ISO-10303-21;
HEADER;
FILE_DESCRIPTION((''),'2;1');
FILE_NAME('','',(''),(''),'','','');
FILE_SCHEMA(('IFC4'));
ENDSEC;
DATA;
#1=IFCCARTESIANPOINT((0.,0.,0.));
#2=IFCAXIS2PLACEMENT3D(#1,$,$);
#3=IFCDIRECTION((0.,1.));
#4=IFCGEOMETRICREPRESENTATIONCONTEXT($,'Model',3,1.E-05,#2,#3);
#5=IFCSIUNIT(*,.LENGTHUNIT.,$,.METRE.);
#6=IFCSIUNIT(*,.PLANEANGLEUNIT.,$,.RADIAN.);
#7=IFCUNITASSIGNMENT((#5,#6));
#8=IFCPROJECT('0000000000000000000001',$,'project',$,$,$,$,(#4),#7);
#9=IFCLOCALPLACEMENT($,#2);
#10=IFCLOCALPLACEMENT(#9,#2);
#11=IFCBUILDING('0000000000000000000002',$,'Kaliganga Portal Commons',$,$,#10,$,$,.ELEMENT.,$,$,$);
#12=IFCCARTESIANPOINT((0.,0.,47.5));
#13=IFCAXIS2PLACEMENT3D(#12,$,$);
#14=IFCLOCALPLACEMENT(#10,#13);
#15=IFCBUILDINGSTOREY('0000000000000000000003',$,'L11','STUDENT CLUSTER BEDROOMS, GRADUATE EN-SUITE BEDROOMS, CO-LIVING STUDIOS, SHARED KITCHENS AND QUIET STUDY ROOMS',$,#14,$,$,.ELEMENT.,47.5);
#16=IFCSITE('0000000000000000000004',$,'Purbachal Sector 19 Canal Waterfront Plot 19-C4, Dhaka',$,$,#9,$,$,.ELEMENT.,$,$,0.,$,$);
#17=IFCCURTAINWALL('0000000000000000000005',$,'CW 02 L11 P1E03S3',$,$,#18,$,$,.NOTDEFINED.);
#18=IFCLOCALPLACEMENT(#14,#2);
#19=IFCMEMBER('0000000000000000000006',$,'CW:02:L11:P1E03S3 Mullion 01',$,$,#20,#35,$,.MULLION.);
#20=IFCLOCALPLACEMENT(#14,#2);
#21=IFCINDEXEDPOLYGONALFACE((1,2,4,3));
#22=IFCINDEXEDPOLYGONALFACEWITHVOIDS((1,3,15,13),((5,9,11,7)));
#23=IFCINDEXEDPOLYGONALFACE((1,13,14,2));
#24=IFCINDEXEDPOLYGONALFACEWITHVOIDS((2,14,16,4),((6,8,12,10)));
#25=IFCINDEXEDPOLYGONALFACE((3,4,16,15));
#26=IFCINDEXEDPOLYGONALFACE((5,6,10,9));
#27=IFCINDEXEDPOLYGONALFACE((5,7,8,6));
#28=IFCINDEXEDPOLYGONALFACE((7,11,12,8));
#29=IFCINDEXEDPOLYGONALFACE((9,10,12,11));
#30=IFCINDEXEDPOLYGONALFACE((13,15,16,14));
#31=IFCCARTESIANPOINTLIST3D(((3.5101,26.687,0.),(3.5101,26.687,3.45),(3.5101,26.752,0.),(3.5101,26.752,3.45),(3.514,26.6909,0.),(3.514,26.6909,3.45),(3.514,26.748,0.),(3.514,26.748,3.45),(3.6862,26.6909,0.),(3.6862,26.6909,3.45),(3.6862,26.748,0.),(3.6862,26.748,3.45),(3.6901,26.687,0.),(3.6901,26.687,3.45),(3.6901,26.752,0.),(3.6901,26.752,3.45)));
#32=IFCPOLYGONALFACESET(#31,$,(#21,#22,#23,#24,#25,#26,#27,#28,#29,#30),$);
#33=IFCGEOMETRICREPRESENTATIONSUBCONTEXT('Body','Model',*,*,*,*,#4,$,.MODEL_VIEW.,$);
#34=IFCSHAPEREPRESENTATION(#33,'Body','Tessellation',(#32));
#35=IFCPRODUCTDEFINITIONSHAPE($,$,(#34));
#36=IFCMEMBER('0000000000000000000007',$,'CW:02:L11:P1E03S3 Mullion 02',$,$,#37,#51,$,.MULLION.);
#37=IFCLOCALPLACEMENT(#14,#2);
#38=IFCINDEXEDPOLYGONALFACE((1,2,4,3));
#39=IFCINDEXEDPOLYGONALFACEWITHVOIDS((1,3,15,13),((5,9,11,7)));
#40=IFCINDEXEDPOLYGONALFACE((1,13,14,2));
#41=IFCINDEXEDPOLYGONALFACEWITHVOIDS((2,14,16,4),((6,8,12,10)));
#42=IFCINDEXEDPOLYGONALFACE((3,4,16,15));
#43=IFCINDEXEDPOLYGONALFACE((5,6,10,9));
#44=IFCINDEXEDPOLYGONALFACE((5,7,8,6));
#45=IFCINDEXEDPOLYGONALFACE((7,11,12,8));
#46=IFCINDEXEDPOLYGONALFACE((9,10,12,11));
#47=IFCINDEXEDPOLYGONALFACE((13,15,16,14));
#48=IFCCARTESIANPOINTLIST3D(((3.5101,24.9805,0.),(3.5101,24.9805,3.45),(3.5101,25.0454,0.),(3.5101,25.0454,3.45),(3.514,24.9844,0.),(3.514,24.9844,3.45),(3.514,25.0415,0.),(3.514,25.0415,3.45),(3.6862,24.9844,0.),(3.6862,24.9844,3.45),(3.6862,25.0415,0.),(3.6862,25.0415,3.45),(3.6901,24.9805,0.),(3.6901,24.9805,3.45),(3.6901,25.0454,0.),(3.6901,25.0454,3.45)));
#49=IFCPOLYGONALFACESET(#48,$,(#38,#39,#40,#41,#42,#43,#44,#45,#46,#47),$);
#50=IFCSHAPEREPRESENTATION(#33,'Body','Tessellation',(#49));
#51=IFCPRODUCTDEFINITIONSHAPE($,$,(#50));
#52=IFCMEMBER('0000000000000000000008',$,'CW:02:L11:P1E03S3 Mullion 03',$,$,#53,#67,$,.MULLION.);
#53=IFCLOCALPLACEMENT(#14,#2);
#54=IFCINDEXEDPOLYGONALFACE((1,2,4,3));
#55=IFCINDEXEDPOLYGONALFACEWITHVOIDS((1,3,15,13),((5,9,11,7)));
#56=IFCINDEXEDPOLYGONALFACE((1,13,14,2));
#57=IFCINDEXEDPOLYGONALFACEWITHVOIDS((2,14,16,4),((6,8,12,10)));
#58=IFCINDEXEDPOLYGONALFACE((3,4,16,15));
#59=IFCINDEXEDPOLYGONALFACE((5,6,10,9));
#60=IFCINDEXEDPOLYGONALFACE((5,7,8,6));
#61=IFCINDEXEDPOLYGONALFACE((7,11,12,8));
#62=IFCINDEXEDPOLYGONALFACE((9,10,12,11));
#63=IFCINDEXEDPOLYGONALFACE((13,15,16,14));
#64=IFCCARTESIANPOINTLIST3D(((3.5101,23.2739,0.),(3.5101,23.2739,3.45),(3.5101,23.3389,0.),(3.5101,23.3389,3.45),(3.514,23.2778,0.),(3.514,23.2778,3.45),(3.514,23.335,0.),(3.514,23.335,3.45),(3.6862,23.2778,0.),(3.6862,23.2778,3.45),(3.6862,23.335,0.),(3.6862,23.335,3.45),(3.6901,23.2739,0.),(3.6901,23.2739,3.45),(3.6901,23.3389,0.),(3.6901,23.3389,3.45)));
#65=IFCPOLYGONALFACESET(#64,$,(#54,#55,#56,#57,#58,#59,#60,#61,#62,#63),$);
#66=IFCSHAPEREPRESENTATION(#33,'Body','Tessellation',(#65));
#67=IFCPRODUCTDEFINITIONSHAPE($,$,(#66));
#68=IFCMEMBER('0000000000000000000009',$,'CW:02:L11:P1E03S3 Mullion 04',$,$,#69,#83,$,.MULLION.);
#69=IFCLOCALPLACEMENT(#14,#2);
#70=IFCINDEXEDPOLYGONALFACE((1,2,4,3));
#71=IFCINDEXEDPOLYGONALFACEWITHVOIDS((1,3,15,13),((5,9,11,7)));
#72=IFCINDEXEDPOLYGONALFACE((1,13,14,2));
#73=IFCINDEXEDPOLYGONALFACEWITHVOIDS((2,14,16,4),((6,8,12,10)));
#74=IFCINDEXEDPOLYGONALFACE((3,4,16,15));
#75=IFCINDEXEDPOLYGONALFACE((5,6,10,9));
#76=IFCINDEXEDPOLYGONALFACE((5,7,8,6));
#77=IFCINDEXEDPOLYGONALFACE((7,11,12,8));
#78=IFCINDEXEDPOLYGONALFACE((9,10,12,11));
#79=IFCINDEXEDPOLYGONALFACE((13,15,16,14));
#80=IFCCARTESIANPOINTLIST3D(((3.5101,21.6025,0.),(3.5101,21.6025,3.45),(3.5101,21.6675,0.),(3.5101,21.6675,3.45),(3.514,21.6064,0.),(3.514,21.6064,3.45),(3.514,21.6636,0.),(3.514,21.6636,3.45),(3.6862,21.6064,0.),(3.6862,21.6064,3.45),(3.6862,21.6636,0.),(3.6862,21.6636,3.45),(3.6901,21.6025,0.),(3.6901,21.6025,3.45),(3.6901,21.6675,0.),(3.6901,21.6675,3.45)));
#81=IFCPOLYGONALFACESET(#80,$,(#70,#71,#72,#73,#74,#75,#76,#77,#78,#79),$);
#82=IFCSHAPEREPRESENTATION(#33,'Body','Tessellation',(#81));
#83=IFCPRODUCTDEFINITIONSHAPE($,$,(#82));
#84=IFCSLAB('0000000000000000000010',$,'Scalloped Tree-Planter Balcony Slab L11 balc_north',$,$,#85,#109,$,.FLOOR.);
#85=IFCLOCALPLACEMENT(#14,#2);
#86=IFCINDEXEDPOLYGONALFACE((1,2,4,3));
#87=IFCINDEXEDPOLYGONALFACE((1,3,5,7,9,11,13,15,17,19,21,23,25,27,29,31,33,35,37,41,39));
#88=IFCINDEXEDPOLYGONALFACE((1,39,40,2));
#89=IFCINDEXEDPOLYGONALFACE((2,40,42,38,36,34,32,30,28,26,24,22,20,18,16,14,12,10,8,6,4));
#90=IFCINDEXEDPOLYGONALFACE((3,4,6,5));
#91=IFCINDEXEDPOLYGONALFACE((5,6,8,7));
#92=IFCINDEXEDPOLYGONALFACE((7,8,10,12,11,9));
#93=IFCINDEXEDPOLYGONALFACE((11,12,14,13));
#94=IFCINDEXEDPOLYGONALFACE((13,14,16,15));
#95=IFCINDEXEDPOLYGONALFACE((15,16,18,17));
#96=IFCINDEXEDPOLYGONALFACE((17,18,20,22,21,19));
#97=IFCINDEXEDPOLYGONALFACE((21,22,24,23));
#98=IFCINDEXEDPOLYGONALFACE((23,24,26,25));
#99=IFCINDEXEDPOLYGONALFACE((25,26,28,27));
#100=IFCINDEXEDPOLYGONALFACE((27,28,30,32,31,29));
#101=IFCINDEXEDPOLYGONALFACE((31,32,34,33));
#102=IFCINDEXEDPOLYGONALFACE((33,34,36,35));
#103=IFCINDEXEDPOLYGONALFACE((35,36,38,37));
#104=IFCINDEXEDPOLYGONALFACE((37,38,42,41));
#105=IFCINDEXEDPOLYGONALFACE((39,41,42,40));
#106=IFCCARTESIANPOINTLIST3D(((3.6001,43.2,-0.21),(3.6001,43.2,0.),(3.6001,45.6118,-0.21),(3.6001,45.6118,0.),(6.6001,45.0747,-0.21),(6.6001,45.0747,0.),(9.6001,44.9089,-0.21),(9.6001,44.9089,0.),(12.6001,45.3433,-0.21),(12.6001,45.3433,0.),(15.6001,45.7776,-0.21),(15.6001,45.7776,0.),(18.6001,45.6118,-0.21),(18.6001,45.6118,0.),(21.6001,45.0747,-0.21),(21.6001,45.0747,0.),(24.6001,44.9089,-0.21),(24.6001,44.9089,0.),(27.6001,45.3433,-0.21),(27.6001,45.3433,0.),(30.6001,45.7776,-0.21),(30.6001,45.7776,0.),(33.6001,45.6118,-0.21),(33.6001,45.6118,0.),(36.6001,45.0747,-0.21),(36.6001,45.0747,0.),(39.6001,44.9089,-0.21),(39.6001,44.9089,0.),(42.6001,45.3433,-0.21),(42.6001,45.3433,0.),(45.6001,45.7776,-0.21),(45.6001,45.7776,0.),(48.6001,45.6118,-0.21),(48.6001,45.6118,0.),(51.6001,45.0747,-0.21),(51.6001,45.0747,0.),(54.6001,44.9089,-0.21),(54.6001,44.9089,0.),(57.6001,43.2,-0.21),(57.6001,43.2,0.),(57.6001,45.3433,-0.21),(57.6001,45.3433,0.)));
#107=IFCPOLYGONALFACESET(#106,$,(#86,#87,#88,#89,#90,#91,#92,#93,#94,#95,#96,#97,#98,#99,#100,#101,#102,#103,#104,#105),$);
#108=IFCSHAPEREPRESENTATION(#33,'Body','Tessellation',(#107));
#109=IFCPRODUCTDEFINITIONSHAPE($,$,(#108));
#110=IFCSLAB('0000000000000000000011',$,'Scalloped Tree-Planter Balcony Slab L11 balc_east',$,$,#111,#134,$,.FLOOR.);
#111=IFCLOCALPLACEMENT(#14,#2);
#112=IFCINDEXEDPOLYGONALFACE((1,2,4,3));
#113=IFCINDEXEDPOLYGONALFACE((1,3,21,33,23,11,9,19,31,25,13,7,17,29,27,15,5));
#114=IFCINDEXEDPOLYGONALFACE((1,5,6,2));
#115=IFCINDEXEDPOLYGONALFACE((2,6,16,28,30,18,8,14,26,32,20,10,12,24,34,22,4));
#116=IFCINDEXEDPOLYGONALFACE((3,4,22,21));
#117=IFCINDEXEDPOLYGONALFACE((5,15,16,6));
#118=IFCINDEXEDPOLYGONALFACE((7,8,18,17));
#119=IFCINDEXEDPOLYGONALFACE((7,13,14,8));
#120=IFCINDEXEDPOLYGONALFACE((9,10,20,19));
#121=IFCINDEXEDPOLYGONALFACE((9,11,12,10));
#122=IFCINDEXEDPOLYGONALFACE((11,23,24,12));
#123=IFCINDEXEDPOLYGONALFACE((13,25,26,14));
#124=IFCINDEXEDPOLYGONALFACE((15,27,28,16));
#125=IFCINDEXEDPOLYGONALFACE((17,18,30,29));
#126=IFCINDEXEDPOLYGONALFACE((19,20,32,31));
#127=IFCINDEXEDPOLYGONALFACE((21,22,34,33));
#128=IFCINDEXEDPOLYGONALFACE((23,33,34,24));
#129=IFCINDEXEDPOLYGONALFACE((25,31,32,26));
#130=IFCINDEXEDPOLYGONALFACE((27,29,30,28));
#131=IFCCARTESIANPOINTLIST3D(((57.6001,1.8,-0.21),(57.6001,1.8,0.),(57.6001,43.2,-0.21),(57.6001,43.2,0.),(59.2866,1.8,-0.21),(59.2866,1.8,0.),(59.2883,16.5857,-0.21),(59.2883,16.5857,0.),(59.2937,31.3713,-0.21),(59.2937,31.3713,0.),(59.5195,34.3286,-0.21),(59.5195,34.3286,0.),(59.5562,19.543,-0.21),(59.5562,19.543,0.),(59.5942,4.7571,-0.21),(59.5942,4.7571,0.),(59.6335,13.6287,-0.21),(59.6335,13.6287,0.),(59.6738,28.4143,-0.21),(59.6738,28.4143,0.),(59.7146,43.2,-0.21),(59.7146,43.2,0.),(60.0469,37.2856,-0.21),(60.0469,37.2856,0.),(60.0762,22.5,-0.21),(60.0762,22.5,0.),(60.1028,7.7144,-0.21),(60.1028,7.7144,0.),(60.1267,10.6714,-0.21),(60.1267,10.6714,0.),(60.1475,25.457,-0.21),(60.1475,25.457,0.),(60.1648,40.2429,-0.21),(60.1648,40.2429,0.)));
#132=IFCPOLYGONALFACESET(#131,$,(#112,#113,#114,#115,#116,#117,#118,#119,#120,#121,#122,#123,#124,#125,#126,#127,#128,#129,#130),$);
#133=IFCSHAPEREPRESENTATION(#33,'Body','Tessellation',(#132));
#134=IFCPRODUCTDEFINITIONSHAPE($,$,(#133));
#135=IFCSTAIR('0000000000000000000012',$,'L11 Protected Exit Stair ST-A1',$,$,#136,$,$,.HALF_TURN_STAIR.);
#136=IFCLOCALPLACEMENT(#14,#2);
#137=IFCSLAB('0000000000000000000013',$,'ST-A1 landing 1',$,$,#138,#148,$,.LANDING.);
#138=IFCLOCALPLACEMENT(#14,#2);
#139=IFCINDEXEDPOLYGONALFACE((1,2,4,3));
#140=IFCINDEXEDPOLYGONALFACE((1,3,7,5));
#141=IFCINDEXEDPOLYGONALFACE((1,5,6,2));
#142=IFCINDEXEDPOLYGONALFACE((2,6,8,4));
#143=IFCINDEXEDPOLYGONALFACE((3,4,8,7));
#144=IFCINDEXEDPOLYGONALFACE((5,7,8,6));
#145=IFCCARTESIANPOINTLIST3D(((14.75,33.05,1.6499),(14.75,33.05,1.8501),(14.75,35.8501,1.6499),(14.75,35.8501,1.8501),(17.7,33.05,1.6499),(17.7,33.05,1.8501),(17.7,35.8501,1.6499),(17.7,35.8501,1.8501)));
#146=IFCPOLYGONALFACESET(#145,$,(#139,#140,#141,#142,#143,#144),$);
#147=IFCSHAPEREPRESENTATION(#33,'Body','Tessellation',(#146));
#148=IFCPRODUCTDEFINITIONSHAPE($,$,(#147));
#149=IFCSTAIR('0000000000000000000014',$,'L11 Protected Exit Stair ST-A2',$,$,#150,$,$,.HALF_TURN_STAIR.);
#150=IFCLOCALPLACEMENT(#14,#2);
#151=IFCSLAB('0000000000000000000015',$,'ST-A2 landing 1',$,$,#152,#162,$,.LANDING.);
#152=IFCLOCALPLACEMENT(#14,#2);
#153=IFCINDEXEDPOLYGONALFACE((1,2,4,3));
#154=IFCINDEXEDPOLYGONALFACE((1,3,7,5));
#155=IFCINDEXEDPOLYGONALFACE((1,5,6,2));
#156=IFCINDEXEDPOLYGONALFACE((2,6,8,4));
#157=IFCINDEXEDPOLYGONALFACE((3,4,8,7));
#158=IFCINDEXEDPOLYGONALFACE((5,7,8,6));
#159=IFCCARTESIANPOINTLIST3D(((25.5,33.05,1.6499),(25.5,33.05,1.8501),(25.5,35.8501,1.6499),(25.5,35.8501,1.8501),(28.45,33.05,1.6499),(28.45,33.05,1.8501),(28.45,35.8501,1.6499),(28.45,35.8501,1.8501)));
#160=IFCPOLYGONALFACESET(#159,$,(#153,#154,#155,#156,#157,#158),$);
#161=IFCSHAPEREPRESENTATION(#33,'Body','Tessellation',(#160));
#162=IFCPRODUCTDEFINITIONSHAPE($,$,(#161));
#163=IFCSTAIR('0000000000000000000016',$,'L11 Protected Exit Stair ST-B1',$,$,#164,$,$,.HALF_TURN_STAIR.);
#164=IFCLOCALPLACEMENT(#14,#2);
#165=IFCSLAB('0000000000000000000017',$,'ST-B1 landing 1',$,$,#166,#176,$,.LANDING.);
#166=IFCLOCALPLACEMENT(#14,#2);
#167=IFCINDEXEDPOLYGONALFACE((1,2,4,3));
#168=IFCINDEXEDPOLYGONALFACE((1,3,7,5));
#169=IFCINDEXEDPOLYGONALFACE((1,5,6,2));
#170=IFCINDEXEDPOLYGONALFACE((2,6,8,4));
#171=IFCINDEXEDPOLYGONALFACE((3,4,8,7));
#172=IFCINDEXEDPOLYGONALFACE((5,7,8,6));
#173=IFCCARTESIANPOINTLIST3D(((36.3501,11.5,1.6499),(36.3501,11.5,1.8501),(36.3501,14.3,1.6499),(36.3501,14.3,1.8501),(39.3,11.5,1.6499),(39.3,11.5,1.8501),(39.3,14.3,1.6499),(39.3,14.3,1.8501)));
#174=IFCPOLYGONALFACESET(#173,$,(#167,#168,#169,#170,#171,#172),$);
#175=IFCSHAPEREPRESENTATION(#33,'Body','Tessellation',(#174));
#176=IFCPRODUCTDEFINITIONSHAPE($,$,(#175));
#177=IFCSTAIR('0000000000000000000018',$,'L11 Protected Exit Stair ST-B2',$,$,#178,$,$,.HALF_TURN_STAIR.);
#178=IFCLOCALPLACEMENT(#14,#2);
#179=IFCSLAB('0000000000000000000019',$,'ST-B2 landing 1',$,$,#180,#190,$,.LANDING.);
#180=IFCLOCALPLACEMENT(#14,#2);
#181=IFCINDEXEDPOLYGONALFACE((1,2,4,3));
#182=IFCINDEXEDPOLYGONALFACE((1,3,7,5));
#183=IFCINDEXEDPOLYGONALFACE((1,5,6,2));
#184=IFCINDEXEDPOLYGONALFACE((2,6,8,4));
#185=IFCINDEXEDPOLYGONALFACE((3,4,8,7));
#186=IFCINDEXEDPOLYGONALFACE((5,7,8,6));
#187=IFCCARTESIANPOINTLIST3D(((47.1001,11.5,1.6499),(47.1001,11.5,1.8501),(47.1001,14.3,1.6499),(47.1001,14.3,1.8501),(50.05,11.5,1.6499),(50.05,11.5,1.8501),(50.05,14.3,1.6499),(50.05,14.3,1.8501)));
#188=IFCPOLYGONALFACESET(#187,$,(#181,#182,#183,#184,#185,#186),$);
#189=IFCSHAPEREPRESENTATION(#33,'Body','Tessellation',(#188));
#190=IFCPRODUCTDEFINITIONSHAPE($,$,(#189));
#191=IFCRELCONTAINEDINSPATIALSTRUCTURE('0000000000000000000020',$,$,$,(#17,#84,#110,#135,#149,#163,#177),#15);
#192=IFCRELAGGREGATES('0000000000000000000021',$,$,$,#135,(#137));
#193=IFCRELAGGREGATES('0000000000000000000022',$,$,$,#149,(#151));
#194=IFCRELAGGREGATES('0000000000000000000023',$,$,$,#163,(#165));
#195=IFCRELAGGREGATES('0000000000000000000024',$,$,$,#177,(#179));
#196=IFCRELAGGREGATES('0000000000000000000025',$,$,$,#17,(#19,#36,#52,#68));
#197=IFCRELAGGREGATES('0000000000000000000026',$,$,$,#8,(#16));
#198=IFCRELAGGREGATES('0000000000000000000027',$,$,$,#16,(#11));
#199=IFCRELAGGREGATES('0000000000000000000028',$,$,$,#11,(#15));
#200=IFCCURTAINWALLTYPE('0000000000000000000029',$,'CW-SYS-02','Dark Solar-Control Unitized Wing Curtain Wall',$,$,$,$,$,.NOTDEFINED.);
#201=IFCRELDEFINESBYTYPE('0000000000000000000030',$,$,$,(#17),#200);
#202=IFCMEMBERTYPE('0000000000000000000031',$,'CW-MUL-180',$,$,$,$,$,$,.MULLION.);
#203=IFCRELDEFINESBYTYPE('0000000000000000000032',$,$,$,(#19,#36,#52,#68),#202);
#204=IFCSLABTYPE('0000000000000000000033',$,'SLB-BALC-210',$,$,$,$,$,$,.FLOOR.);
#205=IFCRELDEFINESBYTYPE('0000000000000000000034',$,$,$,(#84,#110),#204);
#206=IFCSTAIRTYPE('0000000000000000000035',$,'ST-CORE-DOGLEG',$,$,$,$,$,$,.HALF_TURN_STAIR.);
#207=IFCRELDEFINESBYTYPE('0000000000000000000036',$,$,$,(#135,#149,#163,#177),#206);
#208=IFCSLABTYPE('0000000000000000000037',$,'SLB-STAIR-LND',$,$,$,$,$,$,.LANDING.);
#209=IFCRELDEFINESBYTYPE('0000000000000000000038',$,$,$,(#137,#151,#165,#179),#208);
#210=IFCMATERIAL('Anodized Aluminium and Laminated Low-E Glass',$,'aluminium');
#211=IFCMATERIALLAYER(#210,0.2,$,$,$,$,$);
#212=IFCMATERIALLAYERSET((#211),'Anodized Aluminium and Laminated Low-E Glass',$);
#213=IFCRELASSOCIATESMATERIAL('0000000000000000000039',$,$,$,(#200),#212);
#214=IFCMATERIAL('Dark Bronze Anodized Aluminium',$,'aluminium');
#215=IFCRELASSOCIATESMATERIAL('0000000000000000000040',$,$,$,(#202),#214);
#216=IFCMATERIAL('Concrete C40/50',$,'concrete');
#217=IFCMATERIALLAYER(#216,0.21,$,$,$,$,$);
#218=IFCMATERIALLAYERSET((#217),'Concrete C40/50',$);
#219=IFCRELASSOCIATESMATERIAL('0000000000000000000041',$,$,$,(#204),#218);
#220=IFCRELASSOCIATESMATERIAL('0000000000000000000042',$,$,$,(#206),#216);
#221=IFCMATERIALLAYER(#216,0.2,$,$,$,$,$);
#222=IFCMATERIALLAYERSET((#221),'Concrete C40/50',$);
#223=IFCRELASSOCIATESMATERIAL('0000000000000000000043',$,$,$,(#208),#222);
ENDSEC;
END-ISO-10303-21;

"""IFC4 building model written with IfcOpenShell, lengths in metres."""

from ifc_helpers import new_model, si_unit, direction, frame, origin, origin_2d, place, context, subcontext, project, spatial, polyline, hollow_rectangle, outline, extrude, source, transform, mapped, material, layer, layer_set, material_profile, profile_set, type_object, element, aggregate, save


model = new_model("IFC4")

# Units and contexts
model_context = context("Model", 3, precision=1e-05, world=origin(), true_north=direction((0.0, 1.0)))
body_context = subcontext(model_context, "Body", "Model", "MODEL_VIEW")
ifc_project = project(units=[si_unit("LENGTHUNIT", "METRE"), si_unit("PLANEANGLEUNIT", "RADIAN")], contexts=[model_context])

# Site, building, storey
site_placement = place(None, origin())
site = spatial("IfcSite", under=ifc_project, at=site_placement, Name="Purbachal Sector 19 Canal Waterfront Plot 19-C4, Dhaka", CompositionType="ELEMENT", RefElevation=0.0)
building_placement = place(site_placement, origin())
building = spatial("IfcBuilding", under=site, at=building_placement, Name="Kaliganga Portal Commons", CompositionType="ELEMENT")
storey_placement = place(building_placement, frame((0.0, 0.0, 47.5)))
storey = spatial("IfcBuildingStorey", under=building, at=storey_placement, Name="L11", Description="STUDENT CLUSTER BEDROOMS, GRADUATE EN-SUITE BEDROOMS, CO-LIVING STUDIOS, SHARED KITCHENS AND QUIET STUDY ROOMS", CompositionType="ELEMENT", Elevation=47.5)

# Curtain wall, members
ifc_material_1 = material(Name="Anodized Aluminium and Laminated Low-E Glass", Category="aluminium")
ifc_layer_1 = layer(ifc_material_1, 0.2)
ifc_layer_set_1 = layer_set([ifc_layer_1], Name="Anodized Aluminium and Laminated Low-E Glass")
curtain_wall_type = type_object("IfcCurtainWallType", Name="CW-SYS-02", Description="Dark Solar-Control Unitized Wing Curtain Wall", PredefinedType="NOTDEFINED", material=ifc_layer_set_1)
curtain_wall_placement = place(storey_placement, origin())
curtain_wall = element("IfcCurtainWall", 1, at=curtain_wall_placement, inside=storey, type_object=curtain_wall_type, Name="CW 02 L11 P1E03S3", PredefinedType="NOTDEFINED")
ifc_material_2 = material(Name="Dark Bronze Anodized Aluminium", Category="aluminium")
ifc_material_profile = material_profile(ifc_material_2, hollow_rectangle(XDim=0.0649, YDim=0.1799, WallThickness=0.0039, at=origin_2d()), Name="ALU MULL 65x180x4")
ifc_profile_set = profile_set([ifc_material_profile], Name="Dark Bronze Anodized Aluminium")
member_type = type_object("IfcMemberType", Name="CW-MUL-180", PredefinedType="MULLION", material=ifc_profile_set)
shared_shape_1 = source(origin(), body_context, "Body", "SweptSolid", [
    extrude(hollow_rectangle(XDim=0.0649, YDim=0.1799, WallThickness=0.0039, at=origin_2d()), origin(), (0.0, 0.0, 1.0), 3.45),
])
member_1_placement = place(storey_placement, frame((3.6001, 26.7195, 0.0), z_axis=(0.0, 0.0, 1.0), x_axis=(0.0, -1.0, 0.0)))
member_1 = element("IfcMember", 2, at=member_1_placement, type_object=member_type, Name="CW:02:L11:P1E03S3 Mullion 01", PredefinedType="MULLION", context=body_context, shape_type="MappedRepresentation", body=[
    mapped(shared_shape_1, transform((0.0, 0.0, 0.0), x_axis=(1.0, 0.0, 0.0), y_axis=(0.0, 1.0, 0.0), z_axis=(0.0, 0.0, 1.0), scale=1.0)),
])
member_2_placement = place(storey_placement, frame((3.6001, 25.0129, 0.0), z_axis=(0.0, 0.0, 1.0), x_axis=(0.0, -1.0, 0.0)))
member_2 = element("IfcMember", 3, at=member_2_placement, type_object=member_type, Name="CW:02:L11:P1E03S3 Mullion 02", PredefinedType="MULLION", context=body_context, shape_type="MappedRepresentation", body=[
    mapped(shared_shape_1, transform((0.0, 0.0, 0.0), x_axis=(1.0, 0.0, 0.0), y_axis=(0.0, 1.0, 0.0), z_axis=(0.0, 0.0, 1.0), scale=1.0)),
])
member_3_placement = place(storey_placement, frame((3.6001, 23.3064, 0.0), z_axis=(0.0, 0.0, 1.0), x_axis=(0.0, -1.0, 0.0)))
member_3 = element("IfcMember", 4, at=member_3_placement, type_object=member_type, Name="CW:02:L11:P1E03S3 Mullion 03", PredefinedType="MULLION", context=body_context, shape_type="MappedRepresentation", body=[
    mapped(shared_shape_1, transform((0.0, 0.0, 0.0), x_axis=(1.0, 0.0, 0.0), y_axis=(0.0, 1.0, 0.0), z_axis=(0.0, 0.0, 1.0), scale=1.0)),
])
member_4_placement = place(storey_placement, frame((3.6001, 21.635, 0.0), z_axis=(0.0, 0.0, 1.0), x_axis=(0.0, -1.0, 0.0)))
member_4 = element("IfcMember", 5, at=member_4_placement, type_object=member_type, Name="CW:02:L11:P1E03S3 Mullion 04", PredefinedType="MULLION", context=body_context, shape_type="MappedRepresentation", body=[
    mapped(shared_shape_1, transform((0.0, 0.0, 0.0), x_axis=(1.0, 0.0, 0.0), y_axis=(0.0, 1.0, 0.0), z_axis=(0.0, 0.0, 1.0), scale=1.0)),
])

# Slabs
ifc_material_3 = material(Name="Concrete C40/50", Category="concrete")
ifc_layer_2 = layer(ifc_material_3, 0.21)
ifc_layer_set_2 = layer_set([ifc_layer_2], Name="Concrete C40/50")
slab_type_1 = type_object("IfcSlabType", Name="SLB-BALC-210", PredefinedType="FLOOR", material=ifc_layer_set_2)
slab_1_placement = place(storey_placement, frame((0.0, 0.0, -0.21)))
element("IfcSlab", 6, at=slab_1_placement, inside=storey, type_object=slab_type_1, Name="Scalloped Tree-Planter Balcony Slab L11 balc_north", PredefinedType="FLOOR", context=body_context, shape_type="SweptSolid", body=[
    extrude(outline(polyline([(57.6001, 43.2), (57.6001, 45.3433), (54.6001, 44.9089), (51.6001, 45.0747), (48.6001, 45.6118), (45.6001, 45.7776), (42.6001, 45.3433), (39.6001, 44.9089), (36.6001, 45.0747), (33.6001, 45.6118), (30.6001, 45.7776), (27.6001, 45.3433), (24.6001, 44.9089), (21.6001, 45.0747), (18.6001, 45.6118), (15.6001, 45.7776), (12.6001, 45.3433), (9.6001, 44.9089), (6.6001, 45.0747), (3.6001, 45.6118), (3.6001, 43.2), (57.6001, 43.2)])), origin(), (0.0, 0.0, 1.0), 0.21),
])
slab_2_placement = place(storey_placement, frame((0.0, 0.0, -0.21)))
element("IfcSlab", 7, at=slab_2_placement, inside=storey, type_object=slab_type_1, Name="Scalloped Tree-Planter Balcony Slab L11 balc_east", PredefinedType="FLOOR", context=body_context, shape_type="SweptSolid", body=[
    extrude(outline(polyline([(57.6001, 1.8), (59.2866, 1.8), (59.5942, 4.7571), (60.1028, 7.7144), (60.1267, 10.6714), (59.6335, 13.6287), (59.2883, 16.5857), (59.5562, 19.543), (60.0762, 22.5), (60.1475, 25.457), (59.6738, 28.4143), (59.2937, 31.3713), (59.5195, 34.3286), (60.0469, 37.2856), (60.1648, 40.2429), (59.7146, 43.2), (57.6001, 43.2), (57.6001, 1.8)])), origin(), (0.0, 0.0, 1.0), 0.21),
])

# Stairs, slabs
stair_type = type_object("IfcStairType", Name="ST-CORE-DOGLEG", PredefinedType="HALF_TURN_STAIR", material=ifc_material_3)
stair_1_placement = place(storey_placement, origin())
stair_1 = element("IfcStair", 8, at=stair_1_placement, inside=storey, type_object=stair_type, Name="L11 Protected Exit Stair ST-A1", PredefinedType="HALF_TURN_STAIR")
ifc_layer_3 = layer(ifc_material_3, 0.2)
ifc_layer_set_3 = layer_set([ifc_layer_3], Name="Concrete C40/50")
slab_type_2 = type_object("IfcSlabType", Name="SLB-STAIR-LND", PredefinedType="LANDING", material=ifc_layer_set_3)
slab_3_placement = place(storey_placement, frame((0.0, 0.0, 1.6499)))
slab_3 = element("IfcSlab", 9, at=slab_3_placement, type_object=slab_type_2, Name="ST-A1 landing 1", PredefinedType="LANDING", context=body_context, shape_type="SweptSolid", body=[
    extrude(outline(polyline([(17.7, 33.05), (17.7, 35.8501), (14.75, 35.8501), (14.75, 33.05), (17.7, 33.05)])), origin(), (0.0, 0.0, 1.0), 0.2002),
])
aggregate(stair_1, [slab_3])
stair_2_placement = place(storey_placement, origin())
stair_2 = element("IfcStair", 10, at=stair_2_placement, inside=storey, type_object=stair_type, Name="L11 Protected Exit Stair ST-A2", PredefinedType="HALF_TURN_STAIR")
slab_4_placement = place(storey_placement, frame((0.0, 0.0, 1.6499)))
slab_4 = element("IfcSlab", 11, at=slab_4_placement, type_object=slab_type_2, Name="ST-A2 landing 1", PredefinedType="LANDING", context=body_context, shape_type="SweptSolid", body=[
    extrude(outline(polyline([(28.45, 33.05), (28.45, 35.8501), (25.5, 35.8501), (25.5, 33.05), (28.45, 33.05)])), origin(), (0.0, 0.0, 1.0), 0.2002),
])
aggregate(stair_2, [slab_4])
stair_3_placement = place(storey_placement, origin())
stair_3 = element("IfcStair", 12, at=stair_3_placement, inside=storey, type_object=stair_type, Name="L11 Protected Exit Stair ST-B1", PredefinedType="HALF_TURN_STAIR")
slab_5_placement = place(storey_placement, frame((0.0, 0.0, 1.6499)))
slab_5 = element("IfcSlab", 13, at=slab_5_placement, type_object=slab_type_2, Name="ST-B1 landing 1", PredefinedType="LANDING", context=body_context, shape_type="SweptSolid", body=[
    extrude(outline(polyline([(39.3, 11.5), (39.3, 14.3), (36.3501, 14.3), (36.3501, 11.5), (39.3, 11.5)])), origin(), (0.0, 0.0, 1.0), 0.2002),
])
aggregate(stair_3, [slab_5])
stair_4_placement = place(storey_placement, origin())
stair_4 = element("IfcStair", 14, at=stair_4_placement, inside=storey, type_object=stair_type, Name="L11 Protected Exit Stair ST-B2", PredefinedType="HALF_TURN_STAIR")
slab_6_placement = place(storey_placement, frame((0.0, 0.0, 1.6499)))
slab_6 = element("IfcSlab", 15, at=slab_6_placement, type_object=slab_type_2, Name="ST-B2 landing 1", PredefinedType="LANDING", context=body_context, shape_type="SweptSolid", body=[
    extrude(outline(polyline([(50.05, 11.5), (50.05, 14.3), (47.1001, 14.3), (47.1001, 11.5), (50.05, 11.5)])), origin(), (0.0, 0.0, 1.0), 0.2002),
])
aggregate(stair_4, [slab_6])

aggregate(curtain_wall, [member_1, member_2, member_3, member_4])

save(model, "model.ifc")
